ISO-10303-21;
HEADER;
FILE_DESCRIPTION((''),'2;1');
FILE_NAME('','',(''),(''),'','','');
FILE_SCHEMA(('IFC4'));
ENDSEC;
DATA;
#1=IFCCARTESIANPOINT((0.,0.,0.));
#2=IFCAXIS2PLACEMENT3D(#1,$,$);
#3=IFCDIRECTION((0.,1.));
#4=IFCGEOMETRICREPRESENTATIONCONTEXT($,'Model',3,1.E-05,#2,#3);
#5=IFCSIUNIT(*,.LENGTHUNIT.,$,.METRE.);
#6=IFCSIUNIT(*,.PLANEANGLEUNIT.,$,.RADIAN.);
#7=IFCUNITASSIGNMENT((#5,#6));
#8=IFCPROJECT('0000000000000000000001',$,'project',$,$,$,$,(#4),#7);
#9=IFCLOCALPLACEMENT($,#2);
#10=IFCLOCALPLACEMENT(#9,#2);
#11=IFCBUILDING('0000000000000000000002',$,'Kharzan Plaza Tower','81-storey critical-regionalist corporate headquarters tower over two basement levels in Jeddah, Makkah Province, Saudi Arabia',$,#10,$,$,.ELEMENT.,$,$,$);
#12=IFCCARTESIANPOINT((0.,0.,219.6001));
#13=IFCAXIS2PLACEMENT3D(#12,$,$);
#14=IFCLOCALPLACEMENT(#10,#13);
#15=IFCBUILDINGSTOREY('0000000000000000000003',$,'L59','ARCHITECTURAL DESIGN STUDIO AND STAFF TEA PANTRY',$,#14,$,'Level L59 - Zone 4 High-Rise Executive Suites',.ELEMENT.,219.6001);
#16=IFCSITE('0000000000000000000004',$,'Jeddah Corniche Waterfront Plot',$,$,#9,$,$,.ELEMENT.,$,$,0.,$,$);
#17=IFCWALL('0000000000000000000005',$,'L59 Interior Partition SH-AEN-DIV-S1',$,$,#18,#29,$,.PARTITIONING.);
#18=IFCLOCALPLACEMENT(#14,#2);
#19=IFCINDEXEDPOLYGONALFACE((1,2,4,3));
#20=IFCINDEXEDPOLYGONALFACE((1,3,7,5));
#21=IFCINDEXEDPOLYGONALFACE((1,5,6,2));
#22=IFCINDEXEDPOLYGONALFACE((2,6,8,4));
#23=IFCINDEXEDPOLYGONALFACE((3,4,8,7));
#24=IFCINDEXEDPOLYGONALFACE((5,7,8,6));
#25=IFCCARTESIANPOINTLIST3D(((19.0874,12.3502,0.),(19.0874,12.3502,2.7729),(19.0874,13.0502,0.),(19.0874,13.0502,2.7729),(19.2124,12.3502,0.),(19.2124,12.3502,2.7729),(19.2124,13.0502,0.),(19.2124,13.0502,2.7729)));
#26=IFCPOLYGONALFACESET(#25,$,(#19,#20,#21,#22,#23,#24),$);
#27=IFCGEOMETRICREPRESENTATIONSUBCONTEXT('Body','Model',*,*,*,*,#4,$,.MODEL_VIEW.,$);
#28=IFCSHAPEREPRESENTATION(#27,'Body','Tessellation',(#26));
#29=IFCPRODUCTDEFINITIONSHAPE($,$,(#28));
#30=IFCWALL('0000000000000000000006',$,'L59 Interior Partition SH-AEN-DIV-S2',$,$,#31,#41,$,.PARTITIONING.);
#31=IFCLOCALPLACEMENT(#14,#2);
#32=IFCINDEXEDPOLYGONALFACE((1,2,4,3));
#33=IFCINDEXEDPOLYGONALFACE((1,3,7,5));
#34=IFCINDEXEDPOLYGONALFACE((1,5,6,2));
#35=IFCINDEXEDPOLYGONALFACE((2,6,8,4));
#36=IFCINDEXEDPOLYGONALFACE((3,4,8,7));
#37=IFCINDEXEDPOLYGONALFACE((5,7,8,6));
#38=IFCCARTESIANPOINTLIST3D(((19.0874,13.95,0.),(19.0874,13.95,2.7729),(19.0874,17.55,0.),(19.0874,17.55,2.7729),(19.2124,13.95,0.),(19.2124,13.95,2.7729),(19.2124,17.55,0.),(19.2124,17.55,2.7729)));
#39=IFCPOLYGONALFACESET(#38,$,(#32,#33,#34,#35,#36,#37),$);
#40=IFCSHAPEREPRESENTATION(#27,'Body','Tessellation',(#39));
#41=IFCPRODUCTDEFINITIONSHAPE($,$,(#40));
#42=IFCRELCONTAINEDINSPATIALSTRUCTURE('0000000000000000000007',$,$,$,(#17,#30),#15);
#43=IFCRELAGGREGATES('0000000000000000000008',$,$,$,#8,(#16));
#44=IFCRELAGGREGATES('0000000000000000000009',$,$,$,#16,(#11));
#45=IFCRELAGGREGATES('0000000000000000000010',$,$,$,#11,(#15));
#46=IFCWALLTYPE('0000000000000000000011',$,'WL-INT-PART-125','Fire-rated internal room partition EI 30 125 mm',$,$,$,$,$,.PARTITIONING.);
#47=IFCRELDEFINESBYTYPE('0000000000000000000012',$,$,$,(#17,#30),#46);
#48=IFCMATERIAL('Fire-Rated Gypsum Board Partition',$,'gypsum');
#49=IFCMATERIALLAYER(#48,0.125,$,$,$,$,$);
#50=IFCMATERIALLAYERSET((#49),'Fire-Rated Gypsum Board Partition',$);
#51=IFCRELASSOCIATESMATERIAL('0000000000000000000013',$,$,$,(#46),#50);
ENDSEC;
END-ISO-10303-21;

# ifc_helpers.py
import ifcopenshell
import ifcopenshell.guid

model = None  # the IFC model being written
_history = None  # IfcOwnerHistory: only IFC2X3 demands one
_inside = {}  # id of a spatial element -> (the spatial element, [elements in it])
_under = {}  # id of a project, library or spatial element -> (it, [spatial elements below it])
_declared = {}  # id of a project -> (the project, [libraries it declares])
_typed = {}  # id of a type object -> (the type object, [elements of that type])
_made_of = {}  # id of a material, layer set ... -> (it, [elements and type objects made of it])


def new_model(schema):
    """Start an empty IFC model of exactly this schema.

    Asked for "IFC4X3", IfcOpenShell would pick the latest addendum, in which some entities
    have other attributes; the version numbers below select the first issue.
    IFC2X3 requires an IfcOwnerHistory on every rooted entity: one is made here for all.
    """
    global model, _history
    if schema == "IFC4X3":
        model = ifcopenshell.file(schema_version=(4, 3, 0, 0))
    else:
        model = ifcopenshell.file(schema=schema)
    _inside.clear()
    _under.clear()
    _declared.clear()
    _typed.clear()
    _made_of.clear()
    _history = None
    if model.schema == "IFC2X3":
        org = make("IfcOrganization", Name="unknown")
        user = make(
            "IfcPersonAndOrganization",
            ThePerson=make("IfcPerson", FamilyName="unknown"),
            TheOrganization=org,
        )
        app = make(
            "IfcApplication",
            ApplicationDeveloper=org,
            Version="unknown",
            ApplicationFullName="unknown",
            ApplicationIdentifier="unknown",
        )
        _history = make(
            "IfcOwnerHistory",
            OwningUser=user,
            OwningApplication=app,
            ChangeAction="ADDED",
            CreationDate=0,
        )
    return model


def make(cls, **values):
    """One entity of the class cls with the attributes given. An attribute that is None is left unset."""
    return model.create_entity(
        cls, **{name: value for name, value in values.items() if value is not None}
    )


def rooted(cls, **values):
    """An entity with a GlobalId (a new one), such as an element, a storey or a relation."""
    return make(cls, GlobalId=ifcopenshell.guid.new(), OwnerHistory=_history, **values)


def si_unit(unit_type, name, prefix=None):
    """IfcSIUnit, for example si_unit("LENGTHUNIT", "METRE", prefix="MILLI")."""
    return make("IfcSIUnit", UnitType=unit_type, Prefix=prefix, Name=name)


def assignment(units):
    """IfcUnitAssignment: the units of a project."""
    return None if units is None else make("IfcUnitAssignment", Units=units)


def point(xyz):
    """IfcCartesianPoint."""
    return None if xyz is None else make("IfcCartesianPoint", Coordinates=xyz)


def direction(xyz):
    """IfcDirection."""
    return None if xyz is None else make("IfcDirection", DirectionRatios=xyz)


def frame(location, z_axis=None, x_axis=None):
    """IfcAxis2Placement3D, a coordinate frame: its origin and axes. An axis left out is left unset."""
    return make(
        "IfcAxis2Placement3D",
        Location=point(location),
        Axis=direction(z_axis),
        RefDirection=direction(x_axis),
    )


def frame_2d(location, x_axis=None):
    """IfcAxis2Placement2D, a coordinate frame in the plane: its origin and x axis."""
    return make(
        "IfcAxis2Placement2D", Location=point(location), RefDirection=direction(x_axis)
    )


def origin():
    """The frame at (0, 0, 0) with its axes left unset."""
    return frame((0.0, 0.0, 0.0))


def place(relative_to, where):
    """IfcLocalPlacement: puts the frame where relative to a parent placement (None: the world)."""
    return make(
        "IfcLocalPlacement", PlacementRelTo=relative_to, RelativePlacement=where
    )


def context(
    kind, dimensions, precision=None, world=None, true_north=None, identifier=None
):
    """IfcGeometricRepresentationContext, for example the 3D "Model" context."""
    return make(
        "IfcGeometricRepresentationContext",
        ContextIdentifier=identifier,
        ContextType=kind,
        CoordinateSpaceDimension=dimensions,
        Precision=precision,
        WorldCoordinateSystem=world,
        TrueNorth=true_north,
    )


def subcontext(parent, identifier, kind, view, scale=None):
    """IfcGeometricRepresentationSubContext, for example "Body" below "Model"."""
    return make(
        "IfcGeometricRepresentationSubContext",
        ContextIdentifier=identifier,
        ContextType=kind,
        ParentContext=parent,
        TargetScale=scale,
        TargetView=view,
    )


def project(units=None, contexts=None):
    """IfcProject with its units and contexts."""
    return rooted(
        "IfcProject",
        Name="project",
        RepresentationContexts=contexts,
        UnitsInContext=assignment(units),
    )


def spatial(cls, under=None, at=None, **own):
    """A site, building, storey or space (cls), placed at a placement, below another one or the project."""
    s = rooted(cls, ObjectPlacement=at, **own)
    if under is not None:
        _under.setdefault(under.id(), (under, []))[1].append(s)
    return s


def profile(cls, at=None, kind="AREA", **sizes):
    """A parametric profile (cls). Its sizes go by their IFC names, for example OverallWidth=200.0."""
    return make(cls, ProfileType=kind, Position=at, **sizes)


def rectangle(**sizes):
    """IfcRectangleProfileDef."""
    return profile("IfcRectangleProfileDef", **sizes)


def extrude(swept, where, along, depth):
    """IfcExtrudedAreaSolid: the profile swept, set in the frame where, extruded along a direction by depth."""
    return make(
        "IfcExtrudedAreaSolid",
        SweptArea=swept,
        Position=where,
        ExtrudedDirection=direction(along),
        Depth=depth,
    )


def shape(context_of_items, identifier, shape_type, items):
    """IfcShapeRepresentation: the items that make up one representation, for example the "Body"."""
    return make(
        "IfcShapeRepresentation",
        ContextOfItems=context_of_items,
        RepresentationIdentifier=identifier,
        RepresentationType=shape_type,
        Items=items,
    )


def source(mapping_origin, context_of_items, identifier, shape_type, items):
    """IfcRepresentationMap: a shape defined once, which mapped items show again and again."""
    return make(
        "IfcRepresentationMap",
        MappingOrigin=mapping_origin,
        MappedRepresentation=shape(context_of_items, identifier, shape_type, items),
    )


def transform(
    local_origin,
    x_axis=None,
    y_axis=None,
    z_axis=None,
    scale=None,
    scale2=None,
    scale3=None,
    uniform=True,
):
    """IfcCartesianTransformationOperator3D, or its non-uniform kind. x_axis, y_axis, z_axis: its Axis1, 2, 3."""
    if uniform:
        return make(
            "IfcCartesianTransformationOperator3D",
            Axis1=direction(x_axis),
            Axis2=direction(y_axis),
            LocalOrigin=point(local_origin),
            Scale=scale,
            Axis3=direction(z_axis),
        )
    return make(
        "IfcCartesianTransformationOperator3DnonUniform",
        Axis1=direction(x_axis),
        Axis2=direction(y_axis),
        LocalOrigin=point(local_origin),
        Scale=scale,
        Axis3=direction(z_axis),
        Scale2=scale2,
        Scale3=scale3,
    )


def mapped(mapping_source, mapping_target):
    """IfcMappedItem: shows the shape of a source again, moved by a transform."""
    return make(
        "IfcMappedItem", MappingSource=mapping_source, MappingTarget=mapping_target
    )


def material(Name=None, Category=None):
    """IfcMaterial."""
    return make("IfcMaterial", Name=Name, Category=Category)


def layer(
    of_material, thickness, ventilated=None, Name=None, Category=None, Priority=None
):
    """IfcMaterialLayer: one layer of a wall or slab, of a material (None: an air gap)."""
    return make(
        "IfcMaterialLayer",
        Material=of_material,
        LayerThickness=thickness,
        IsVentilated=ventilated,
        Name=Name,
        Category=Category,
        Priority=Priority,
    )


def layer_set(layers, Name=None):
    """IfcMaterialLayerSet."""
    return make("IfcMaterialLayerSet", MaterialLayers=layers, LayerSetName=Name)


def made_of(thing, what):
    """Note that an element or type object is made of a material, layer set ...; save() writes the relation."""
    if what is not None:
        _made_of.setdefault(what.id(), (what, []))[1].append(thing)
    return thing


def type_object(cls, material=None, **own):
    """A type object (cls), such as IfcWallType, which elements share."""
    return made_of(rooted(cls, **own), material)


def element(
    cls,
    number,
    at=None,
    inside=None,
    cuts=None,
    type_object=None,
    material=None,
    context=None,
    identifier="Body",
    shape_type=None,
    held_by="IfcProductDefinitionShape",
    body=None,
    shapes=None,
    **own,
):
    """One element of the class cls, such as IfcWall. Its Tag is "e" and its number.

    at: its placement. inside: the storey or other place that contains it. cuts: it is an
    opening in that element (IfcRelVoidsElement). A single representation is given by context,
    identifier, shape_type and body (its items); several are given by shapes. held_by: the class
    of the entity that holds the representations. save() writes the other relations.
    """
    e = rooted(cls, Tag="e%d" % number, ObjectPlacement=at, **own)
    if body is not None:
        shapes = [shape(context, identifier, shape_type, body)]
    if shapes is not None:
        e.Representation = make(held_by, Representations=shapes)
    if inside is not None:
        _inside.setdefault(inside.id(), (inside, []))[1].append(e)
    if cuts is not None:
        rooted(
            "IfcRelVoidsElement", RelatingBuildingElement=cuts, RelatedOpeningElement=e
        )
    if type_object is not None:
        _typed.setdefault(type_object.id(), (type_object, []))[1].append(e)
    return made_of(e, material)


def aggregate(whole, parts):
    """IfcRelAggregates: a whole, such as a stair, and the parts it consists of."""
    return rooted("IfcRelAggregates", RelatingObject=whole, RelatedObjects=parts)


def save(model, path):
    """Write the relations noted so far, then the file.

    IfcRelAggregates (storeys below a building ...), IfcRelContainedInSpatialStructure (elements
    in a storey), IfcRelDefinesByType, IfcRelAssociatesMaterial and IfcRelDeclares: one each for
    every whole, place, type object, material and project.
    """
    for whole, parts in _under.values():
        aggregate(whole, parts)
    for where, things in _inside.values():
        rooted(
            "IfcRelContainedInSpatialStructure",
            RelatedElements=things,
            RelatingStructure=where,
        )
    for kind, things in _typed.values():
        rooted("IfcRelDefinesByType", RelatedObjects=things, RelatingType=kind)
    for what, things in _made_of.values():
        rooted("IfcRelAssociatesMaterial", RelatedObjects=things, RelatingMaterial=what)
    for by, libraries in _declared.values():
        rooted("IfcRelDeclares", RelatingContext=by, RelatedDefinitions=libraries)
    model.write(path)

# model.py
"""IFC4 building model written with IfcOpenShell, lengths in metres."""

from ifc_helpers import new_model, si_unit, direction, frame, frame_2d, origin, place, context, subcontext, project, spatial, rectangle, extrude, source, transform, mapped, material, layer, layer_set, type_object, element, save


model = new_model("IFC4")

# Units and contexts
model_context = context("Model", 3, precision=1e-05, world=origin(), true_north=direction((0.0, 1.0)))
body_context = subcontext(model_context, "Body", "Model", "MODEL_VIEW")
ifc_project = project(units=[si_unit("LENGTHUNIT", "METRE"), si_unit("PLANEANGLEUNIT", "RADIAN")], contexts=[model_context])

# Site, building, storey
site_placement = place(None, origin())
site = spatial("IfcSite", under=ifc_project, at=site_placement, Name="Jeddah Corniche Waterfront Plot", CompositionType="ELEMENT", RefElevation=0.0)
building_placement = place(site_placement, origin())
building = spatial("IfcBuilding", under=site, at=building_placement, Name="Kharzan Plaza Tower", Description="81-storey critical-regionalist corporate headquarters tower over two basement levels in Jeddah, Makkah Province, Saudi Arabia", CompositionType="ELEMENT")
storey_placement = place(building_placement, frame((0.0, 0.0, 219.6001)))
storey = spatial("IfcBuildingStorey", under=building, at=storey_placement, Name="L59", Description="ARCHITECTURAL DESIGN STUDIO AND STAFF TEA PANTRY", LongName="Level L59 - Zone 4 High-Rise Executive Suites", CompositionType="ELEMENT", Elevation=219.6001)

# Shared definitions
ifc_material_1 = material(Name="Fire-Rated Gypsum Board Partition", Category="gypsum")
ifc_layer = layer(ifc_material_1, 0.125)
ifc_layer_set = layer_set([ifc_layer], Name="Fire-Rated Gypsum Board Partition")
wall_type = type_object("IfcWallType", Name="WL-INT-PART-125", Description="Fire-rated internal room partition EI 30 125 mm", PredefinedType="PARTITIONING", material=ifc_layer_set)

# Walls
shared_shape_1 = source(origin(), body_context, "Body", "SweptSolid", [
    extrude(rectangle(XDim=0.7, YDim=0.125, at=frame_2d((0.3501, 0.0))), origin(), (0.0, 0.0, 1.0), 2.7729),
])
wall_1_placement = place(storey_placement, frame((19.1499, 12.3501, 0.0), z_axis=(0.0, 0.0, 1.0), x_axis=(0.0, 1.0, 0.0)))
element("IfcWall", 1, at=wall_1_placement, inside=storey, type_object=wall_type, Name="L59 Interior Partition SH-AEN-DIV-S1", PredefinedType="PARTITIONING", context=body_context, shape_type="MappedRepresentation", body=[
    mapped(shared_shape_1, transform((0.0, 0.0, 0.0), x_axis=(1.0, 0.0, 0.0), y_axis=(0.0, 1.0, 0.0), z_axis=(0.0, 0.0, 1.0))),
])
shared_shape_2 = source(origin(), body_context, "Body", "SweptSolid", [
    extrude(rectangle(XDim=3.6001, YDim=0.125, at=frame_2d((1.8, 0.0))), origin(), (0.0, 0.0, 1.0), 2.7729),
])
wall_2_placement = place(storey_placement, frame((19.1499, 13.95, 0.0), z_axis=(0.0, 0.0, 1.0), x_axis=(0.0, 1.0, 0.0)))
element("IfcWall", 2, at=wall_2_placement, inside=storey, type_object=wall_type, Name="L59 Interior Partition SH-AEN-DIV-S2", PredefinedType="PARTITIONING", context=body_context, shape_type="MappedRepresentation", body=[
    mapped(shared_shape_2, transform((0.0, 0.0, 0.0), x_axis=(1.0, 0.0, 0.0), y_axis=(0.0, 1.0, 0.0), z_axis=(0.0, 0.0, 1.0))),
])

save(model, "model.ifc")
